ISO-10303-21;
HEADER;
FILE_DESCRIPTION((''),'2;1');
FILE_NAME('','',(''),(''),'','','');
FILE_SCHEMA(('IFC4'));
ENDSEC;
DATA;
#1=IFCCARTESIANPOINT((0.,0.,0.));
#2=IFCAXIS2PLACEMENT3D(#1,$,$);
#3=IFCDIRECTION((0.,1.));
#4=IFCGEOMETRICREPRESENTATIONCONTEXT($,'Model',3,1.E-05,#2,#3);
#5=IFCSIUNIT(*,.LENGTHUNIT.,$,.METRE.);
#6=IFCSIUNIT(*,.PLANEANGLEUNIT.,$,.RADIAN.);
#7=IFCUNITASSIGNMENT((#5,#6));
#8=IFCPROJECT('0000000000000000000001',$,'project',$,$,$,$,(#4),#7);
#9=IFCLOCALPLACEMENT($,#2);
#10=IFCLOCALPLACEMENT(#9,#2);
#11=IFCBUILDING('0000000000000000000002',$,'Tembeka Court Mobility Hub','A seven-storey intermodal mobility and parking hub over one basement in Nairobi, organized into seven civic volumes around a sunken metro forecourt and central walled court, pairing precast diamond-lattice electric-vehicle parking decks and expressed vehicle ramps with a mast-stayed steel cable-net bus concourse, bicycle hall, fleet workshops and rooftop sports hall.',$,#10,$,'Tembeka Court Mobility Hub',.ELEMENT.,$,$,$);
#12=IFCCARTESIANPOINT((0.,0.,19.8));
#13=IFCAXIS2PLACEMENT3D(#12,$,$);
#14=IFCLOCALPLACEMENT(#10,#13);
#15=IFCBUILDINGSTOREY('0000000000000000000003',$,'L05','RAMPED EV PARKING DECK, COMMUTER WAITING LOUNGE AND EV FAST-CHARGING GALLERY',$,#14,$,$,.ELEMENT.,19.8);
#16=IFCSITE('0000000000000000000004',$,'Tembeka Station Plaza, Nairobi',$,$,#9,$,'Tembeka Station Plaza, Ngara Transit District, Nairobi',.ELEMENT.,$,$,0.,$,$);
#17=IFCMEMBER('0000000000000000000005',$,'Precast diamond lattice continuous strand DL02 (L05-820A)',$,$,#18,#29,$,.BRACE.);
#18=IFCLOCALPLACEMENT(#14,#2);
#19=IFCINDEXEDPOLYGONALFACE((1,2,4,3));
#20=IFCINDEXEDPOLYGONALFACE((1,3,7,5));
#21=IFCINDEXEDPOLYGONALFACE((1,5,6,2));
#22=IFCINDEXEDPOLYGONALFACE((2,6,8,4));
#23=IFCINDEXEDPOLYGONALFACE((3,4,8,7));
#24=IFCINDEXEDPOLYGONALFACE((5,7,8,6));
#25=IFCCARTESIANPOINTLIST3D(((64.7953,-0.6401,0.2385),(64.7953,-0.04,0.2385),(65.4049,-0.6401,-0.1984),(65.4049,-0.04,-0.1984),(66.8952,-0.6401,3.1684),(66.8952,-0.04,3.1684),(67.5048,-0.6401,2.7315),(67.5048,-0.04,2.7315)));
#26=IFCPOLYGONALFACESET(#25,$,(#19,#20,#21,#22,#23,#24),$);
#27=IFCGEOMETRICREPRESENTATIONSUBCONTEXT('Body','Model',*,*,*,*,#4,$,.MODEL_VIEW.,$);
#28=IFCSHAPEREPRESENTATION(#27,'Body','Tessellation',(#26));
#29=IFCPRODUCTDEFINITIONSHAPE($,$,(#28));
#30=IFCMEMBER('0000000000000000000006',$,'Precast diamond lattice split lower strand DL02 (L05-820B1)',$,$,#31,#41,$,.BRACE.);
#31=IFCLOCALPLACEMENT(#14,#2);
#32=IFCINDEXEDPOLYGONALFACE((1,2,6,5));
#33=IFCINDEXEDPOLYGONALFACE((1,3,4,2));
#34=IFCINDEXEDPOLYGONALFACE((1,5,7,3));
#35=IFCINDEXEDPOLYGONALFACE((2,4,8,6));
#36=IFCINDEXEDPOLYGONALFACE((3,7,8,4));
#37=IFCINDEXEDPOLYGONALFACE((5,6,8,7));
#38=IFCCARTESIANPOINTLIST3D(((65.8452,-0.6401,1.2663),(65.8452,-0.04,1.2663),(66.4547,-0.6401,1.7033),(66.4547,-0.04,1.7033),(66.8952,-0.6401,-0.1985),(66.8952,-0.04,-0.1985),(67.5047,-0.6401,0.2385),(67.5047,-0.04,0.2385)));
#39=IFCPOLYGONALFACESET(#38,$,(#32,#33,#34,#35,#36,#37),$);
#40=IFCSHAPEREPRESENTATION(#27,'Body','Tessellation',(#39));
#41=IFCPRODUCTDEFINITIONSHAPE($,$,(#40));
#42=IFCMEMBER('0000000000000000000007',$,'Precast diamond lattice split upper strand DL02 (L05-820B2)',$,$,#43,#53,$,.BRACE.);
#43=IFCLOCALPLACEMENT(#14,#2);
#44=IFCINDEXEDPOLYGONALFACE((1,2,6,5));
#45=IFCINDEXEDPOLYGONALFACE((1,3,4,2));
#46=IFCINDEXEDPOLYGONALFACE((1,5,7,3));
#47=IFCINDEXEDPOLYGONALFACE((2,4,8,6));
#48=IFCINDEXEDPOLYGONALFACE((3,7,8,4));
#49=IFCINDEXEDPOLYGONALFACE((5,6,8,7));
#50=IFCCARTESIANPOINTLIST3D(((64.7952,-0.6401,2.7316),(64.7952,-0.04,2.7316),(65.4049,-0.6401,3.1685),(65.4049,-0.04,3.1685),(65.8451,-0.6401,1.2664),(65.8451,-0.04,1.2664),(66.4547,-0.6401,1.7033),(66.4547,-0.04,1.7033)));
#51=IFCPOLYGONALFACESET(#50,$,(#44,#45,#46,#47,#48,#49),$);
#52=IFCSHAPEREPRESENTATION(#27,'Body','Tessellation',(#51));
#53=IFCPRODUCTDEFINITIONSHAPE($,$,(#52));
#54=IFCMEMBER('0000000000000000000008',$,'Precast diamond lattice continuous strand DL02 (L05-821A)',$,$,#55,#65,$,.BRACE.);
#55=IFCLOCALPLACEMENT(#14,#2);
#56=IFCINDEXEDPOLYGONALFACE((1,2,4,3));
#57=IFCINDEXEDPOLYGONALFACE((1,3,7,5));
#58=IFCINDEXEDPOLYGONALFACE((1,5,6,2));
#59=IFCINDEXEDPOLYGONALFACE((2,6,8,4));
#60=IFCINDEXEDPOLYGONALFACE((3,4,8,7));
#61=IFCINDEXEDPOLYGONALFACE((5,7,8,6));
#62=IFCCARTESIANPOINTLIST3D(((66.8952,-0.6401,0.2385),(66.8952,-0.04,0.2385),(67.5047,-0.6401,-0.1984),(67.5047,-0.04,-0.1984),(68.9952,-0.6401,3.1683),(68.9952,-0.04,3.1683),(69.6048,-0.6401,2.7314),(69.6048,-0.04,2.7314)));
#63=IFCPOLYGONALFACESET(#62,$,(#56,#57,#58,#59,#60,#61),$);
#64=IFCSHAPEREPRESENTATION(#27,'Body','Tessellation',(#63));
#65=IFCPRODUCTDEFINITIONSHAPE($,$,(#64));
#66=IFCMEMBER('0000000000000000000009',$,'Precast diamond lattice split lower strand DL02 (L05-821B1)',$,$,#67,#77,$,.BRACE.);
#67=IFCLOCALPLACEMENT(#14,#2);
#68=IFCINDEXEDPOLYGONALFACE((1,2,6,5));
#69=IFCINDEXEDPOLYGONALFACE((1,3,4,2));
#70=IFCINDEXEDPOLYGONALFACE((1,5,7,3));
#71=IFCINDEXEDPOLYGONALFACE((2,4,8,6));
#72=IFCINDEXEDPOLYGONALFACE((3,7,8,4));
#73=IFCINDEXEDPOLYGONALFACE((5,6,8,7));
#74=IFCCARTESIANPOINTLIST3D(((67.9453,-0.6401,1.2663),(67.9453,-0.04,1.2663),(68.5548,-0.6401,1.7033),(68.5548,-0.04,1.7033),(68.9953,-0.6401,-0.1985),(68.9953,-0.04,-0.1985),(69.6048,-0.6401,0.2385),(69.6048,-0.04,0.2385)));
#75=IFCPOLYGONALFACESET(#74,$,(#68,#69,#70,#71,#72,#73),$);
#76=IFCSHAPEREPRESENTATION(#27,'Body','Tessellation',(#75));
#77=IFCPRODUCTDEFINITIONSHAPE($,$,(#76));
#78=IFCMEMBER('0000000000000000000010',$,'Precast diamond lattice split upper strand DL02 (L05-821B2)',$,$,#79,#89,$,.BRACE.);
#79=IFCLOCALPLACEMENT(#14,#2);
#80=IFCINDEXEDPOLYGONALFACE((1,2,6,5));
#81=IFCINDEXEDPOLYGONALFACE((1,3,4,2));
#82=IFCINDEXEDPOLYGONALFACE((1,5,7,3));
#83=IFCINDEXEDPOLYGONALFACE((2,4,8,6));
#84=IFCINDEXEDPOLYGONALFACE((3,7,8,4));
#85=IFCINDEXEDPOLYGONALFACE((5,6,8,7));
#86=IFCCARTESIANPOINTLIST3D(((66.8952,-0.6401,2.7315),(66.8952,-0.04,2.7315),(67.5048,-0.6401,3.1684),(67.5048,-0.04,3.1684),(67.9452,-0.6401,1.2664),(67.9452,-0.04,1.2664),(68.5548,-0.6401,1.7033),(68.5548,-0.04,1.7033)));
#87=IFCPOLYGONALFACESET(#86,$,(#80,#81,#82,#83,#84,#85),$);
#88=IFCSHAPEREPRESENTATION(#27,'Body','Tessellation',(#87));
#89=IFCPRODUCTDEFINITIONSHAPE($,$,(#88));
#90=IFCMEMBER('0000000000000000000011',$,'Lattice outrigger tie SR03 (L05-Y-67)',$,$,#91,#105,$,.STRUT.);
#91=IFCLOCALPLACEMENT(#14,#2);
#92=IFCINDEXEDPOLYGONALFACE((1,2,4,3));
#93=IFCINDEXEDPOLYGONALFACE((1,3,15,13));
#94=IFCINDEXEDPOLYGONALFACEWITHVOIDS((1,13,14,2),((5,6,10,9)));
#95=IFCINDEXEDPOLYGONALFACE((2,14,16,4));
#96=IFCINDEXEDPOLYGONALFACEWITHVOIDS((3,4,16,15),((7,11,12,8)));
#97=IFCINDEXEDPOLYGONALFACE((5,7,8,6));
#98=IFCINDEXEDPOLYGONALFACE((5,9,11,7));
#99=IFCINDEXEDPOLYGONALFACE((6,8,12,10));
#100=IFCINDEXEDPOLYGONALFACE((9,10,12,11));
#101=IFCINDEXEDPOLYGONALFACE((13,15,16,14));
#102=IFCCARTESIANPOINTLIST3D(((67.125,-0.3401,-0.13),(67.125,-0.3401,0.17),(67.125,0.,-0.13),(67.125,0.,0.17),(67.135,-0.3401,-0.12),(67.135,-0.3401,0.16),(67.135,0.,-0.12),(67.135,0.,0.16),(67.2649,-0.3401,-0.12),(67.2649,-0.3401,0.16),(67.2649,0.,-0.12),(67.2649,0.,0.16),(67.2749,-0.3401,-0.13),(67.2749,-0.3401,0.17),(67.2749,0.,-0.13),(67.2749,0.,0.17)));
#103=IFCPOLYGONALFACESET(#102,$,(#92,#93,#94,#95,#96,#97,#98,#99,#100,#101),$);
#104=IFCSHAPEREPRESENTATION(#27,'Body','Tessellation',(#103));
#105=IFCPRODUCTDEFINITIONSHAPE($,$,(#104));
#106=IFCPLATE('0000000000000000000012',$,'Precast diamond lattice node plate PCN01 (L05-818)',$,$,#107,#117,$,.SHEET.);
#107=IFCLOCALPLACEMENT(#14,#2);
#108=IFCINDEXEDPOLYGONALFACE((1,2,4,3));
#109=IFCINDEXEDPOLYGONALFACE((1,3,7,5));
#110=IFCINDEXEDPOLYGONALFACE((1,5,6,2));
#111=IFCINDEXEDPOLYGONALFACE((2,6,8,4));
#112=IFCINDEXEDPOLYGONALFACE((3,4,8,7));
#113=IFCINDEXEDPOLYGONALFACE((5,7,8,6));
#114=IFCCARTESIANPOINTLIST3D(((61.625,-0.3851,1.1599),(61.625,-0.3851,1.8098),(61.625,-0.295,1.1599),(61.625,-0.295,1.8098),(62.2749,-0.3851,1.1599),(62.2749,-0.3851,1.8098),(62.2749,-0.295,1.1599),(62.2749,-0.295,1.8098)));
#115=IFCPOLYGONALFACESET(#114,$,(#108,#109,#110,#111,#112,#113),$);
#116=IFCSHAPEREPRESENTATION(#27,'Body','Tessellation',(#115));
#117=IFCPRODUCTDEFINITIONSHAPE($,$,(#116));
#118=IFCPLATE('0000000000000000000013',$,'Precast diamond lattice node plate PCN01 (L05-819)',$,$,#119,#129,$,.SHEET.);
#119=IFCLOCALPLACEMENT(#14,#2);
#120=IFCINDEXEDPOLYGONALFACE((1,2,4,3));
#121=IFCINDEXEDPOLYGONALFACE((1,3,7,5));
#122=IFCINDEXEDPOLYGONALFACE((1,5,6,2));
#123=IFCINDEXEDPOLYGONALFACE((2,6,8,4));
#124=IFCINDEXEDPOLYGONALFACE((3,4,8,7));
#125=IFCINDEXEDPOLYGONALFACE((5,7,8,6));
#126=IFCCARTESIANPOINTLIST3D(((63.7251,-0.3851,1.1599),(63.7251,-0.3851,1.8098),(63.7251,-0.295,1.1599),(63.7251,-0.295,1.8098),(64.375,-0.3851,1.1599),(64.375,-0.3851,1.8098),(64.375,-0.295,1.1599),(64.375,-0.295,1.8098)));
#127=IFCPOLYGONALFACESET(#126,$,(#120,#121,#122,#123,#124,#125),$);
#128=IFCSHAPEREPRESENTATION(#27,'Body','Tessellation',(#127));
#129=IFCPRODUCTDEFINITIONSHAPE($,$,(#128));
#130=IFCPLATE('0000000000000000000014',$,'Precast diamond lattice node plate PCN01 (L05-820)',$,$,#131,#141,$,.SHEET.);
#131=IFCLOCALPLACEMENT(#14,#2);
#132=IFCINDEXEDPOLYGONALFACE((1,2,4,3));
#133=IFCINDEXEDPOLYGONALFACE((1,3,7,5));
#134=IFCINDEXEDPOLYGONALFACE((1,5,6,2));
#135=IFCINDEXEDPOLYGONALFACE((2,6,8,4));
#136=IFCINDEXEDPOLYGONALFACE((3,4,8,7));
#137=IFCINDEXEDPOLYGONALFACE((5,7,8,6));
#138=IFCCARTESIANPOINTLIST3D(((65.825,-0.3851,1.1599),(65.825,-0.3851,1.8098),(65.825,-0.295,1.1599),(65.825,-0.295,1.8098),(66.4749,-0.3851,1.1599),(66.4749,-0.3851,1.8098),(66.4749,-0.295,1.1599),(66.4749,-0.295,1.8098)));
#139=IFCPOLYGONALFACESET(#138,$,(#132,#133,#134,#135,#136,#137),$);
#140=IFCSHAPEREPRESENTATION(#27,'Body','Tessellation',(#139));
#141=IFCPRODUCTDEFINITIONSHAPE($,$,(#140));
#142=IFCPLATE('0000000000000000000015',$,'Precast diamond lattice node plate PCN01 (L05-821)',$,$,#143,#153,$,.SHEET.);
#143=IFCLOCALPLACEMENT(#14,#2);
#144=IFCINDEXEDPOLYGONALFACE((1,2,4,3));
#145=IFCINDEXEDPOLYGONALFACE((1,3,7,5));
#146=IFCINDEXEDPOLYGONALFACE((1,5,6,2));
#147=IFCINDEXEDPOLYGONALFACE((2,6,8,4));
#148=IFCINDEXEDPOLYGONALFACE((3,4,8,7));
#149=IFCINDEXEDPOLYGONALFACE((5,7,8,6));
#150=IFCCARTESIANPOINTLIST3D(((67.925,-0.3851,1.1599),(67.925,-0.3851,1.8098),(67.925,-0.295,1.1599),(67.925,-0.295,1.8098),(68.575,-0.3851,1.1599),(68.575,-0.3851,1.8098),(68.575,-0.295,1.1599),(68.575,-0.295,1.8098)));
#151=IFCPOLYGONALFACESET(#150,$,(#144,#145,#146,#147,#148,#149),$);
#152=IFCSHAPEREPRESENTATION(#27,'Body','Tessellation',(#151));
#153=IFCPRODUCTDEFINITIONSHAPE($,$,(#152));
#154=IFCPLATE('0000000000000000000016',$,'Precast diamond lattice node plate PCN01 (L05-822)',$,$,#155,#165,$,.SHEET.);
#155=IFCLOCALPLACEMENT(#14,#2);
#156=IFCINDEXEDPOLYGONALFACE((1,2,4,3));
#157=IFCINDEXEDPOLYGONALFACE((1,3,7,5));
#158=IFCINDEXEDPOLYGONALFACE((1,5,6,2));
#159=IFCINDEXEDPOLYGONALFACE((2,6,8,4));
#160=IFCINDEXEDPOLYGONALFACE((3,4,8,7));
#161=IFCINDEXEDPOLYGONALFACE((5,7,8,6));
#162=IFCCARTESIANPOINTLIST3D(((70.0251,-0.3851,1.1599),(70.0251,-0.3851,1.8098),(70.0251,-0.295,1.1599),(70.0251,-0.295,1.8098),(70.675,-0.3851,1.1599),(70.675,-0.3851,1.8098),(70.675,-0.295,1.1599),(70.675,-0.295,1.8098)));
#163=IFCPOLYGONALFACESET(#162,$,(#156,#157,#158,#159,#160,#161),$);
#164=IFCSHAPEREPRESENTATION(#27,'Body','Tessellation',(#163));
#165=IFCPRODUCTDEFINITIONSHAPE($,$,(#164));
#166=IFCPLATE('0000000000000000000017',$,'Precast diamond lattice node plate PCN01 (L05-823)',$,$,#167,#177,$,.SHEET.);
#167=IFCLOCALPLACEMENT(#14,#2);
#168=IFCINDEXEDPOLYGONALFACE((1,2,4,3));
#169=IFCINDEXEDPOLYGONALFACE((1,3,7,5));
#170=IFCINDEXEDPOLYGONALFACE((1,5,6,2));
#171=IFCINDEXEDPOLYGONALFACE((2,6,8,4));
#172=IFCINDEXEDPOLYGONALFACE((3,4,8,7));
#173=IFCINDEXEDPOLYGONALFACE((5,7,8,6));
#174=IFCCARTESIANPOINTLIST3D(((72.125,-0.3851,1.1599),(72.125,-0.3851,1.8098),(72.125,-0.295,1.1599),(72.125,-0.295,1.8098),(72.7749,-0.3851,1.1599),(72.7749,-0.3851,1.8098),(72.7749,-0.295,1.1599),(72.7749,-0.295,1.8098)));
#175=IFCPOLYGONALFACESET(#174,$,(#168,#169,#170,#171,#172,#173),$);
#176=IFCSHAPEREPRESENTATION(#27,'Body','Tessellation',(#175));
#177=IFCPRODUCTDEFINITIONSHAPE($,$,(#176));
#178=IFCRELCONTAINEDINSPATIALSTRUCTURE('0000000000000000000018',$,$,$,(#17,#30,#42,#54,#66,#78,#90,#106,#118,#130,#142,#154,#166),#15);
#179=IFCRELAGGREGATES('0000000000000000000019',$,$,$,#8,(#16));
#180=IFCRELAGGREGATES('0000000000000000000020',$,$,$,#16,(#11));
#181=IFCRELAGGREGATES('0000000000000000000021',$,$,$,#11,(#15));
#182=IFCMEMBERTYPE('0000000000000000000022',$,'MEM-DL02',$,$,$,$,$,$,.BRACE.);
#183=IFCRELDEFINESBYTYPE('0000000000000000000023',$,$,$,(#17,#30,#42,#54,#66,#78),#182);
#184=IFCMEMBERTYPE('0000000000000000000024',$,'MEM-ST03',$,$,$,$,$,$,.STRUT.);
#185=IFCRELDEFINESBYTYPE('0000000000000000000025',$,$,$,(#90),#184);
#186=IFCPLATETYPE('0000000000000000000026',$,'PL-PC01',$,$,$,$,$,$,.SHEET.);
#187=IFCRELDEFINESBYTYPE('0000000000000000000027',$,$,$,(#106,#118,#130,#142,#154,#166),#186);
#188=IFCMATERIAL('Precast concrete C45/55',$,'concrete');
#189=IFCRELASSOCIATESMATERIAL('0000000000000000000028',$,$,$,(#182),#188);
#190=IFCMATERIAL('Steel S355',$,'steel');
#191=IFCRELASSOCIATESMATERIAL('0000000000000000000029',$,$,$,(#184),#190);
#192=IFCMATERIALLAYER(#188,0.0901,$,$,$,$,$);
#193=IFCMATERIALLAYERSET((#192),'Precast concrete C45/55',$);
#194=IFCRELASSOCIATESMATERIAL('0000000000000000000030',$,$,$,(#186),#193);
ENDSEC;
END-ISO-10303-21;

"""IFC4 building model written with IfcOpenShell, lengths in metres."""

from ifc_helpers import new_model, si_unit, direction, frame, origin, origin_2d, place, context, subcontext, project, spatial, rectangle, hollow_rectangle, extrude, material, layer, layer_set, material_profile, profile_set, type_object, element, save


model = new_model("IFC4")

# Units and contexts
model_context = context("Model", 3, precision=1e-05, world=origin(), true_north=direction((0.0, 1.0)))
body_context = subcontext(model_context, "Body", "Model", "MODEL_VIEW")
ifc_project = project(units=[si_unit("LENGTHUNIT", "METRE"), si_unit("PLANEANGLEUNIT", "RADIAN")], contexts=[model_context])

# Site, building, storey
site_placement = place(None, origin())
site = spatial("IfcSite", under=ifc_project, at=site_placement, Name="Tembeka Station Plaza, Nairobi", LongName="Tembeka Station Plaza, Ngara Transit District, Nairobi", CompositionType="ELEMENT", RefElevation=0.0)
building_placement = place(site_placement, origin())
building = spatial("IfcBuilding", under=site, at=building_placement, Name="Tembeka Court Mobility Hub", Description="A seven-storey intermodal mobility and parking hub over one basement in Nairobi, organized into seven civic volumes around a sunken metro forecourt and central walled court, pairing precast diamond-lattice electric-vehicle parking decks and expressed vehicle ramps with a mast-stayed steel cable-net bus concourse, bicycle hall, fleet workshops and rooftop sports hall.", LongName="Tembeka Court Mobility Hub", CompositionType="ELEMENT")
storey_placement = place(building_placement, frame((0.0, 0.0, 19.8)))
storey = spatial("IfcBuildingStorey", under=building, at=storey_placement, Name="L05", Description="RAMPED EV PARKING DECK, COMMUTER WAITING LOUNGE AND EV FAST-CHARGING GALLERY", CompositionType="ELEMENT", Elevation=19.8)

# Shared definitions
ifc_material_1 = material(Name="Steel S355", Category="steel")

# Shared definitions
ifc_material_2 = material(Name="Precast concrete C45/55", Category="concrete")

# Members
ifc_material_profile_1 = material_profile(ifc_material_2, rectangle(XDim=0.6001, YDim=0.75, at=origin_2d()), Name="PC-DIAG 600x750")
ifc_profile_set_1 = profile_set([ifc_material_profile_1], Name="Precast concrete C45/55")
member_type_1 = type_object("IfcMemberType", Name="MEM-DL02", PredefinedType="BRACE", material=ifc_profile_set_1)
member_1_placement = place(storey_placement, frame((65.1001, -0.3401, 0.02), z_axis=(0.582532, 0.0, 0.812808), x_axis=(0.0, 1.0, 0.0)))
element("IfcMember", 1, at=member_1_placement, inside=storey, type_object=member_type_1, Name="Precast diamond lattice continuous strand DL02 (L05-820A)", PredefinedType="BRACE", context=body_context, shape_type="SweptSolid", body=[
    extrude(rectangle(XDim=0.6001, YDim=0.75, at=origin_2d()), origin(), (0.0, 0.0, 1.0), 3.6047),
])
member_2_placement = place(storey_placement, frame((67.2, -0.3401, 0.02), z_axis=(-0.582608, 0.0, 0.812753), x_axis=(0.0, -1.0, 0.0)))
element("IfcMember", 2, at=member_2_placement, inside=storey, type_object=member_type_1, Name="Precast diamond lattice split lower strand DL02 (L05-820B1)", PredefinedType="BRACE", context=body_context, shape_type="SweptSolid", body=[
    extrude(rectangle(XDim=0.6001, YDim=0.75, at=origin_2d()), origin(), (0.0, 0.0, 1.0), 1.8022),
])
member_3_placement = place(storey_placement, frame((66.1499, -0.3401, 1.4849), z_axis=(-0.582455, 0.0, 0.812863), x_axis=(0.0, -1.0, 0.0)))
element("IfcMember", 3, at=member_3_placement, inside=storey, type_object=member_type_1, Name="Precast diamond lattice split upper strand DL02 (L05-820B2)", PredefinedType="BRACE", context=body_context, shape_type="SweptSolid", body=[
    extrude(rectangle(XDim=0.6001, YDim=0.75, at=origin_2d()), origin(), (0.0, 0.0, 1.0), 1.8025),
])
member_4_placement = place(storey_placement, frame((67.2, -0.3401, 0.02), z_axis=(0.582576, 0.0, 0.812776), x_axis=(0.0, 1.0, 0.0)))
element("IfcMember", 4, at=member_4_placement, inside=storey, type_object=member_type_1, Name="Precast diamond lattice continuous strand DL02 (L05-821A)", PredefinedType="BRACE", context=body_context, shape_type="SweptSolid", body=[
    extrude(rectangle(XDim=0.6001, YDim=0.75, at=origin_2d()), origin(), (0.0, 0.0, 1.0), 3.6047),
])
member_5_placement = place(storey_placement, frame((69.3, -0.3401, 0.02), z_axis=(-0.582608, 0.0, 0.812753), x_axis=(0.0, -1.0, 0.0)))
element("IfcMember", 5, at=member_5_placement, inside=storey, type_object=member_type_1, Name="Precast diamond lattice split lower strand DL02 (L05-821B1)", PredefinedType="BRACE", context=body_context, shape_type="SweptSolid", body=[
    extrude(rectangle(XDim=0.6001, YDim=0.75, at=origin_2d()), origin(), (0.0, 0.0, 1.0), 1.8022),
])
member_6_placement = place(storey_placement, frame((68.25, -0.3401, 1.4849), z_axis=(-0.582544, 0.0, 0.812799), x_axis=(0.0, -1.0, 0.0)))
element("IfcMember", 6, at=member_6_placement, inside=storey, type_object=member_type_1, Name="Precast diamond lattice split upper strand DL02 (L05-821B2)", PredefinedType="BRACE", context=body_context, shape_type="SweptSolid", body=[
    extrude(rectangle(XDim=0.6001, YDim=0.75, at=origin_2d()), origin(), (0.0, 0.0, 1.0), 1.8025),
])
ifc_material_profile_2 = material_profile(ifc_material_1, hollow_rectangle(XDim=0.1499, YDim=0.3, WallThickness=0.01, at=origin_2d()), Name="RHS 300x150x10")
ifc_profile_set_2 = profile_set([ifc_material_profile_2], Name="Steel S355")
member_type_2 = type_object("IfcMemberType", Name="MEM-ST03", PredefinedType="STRUT", material=ifc_profile_set_2)
member_7_placement = place(storey_placement, frame((67.2, 0.0, 0.02), z_axis=(0.0, -1.0, 0.0), x_axis=(1.0, 0.0, 0.0)))
element("IfcMember", 7, at=member_7_placement, inside=storey, type_object=member_type_2, Name="Lattice outrigger tie SR03 (L05-Y-67)", PredefinedType="STRUT", context=body_context, shape_type="SweptSolid", body=[
    extrude(hollow_rectangle(XDim=0.1499, YDim=0.3, WallThickness=0.01, at=origin_2d()), origin(), (0.0, 0.0, 1.0), 0.3401),
])

# Plates
ifc_layer = layer(ifc_material_2, 0.0901)
ifc_layer_set = layer_set([ifc_layer], Name="Precast concrete C45/55")
plate_type = type_object("IfcPlateType", Name="PL-PC01", PredefinedType="SHEET", material=ifc_layer_set)
for number, where, z_axis, x_axis, name in (
    (8, (61.95, -0.3401, 1.1599), (0.0, 0.0, 1.0), (1.0, 0.0, 0.0), "Precast diamond lattice node plate PCN01 (L05-818)"),
    (9, (64.05, -0.3401, 1.1599), (0.0, 0.0, 1.0), (1.0, 0.0, 0.0), "Precast diamond lattice node plate PCN01 (L05-819)"),
    (10, (66.1499, -0.3401, 1.1599), (0.0, 0.0, 1.0), (1.0, 0.0, 0.0), "Precast diamond lattice node plate PCN01 (L05-820)"),
    (11, (68.25, -0.3401, 1.1599), (0.0, 0.0, 1.0), (1.0, 0.0, 0.0), "Precast diamond lattice node plate PCN01 (L05-821)"),
    (12, (70.3501, -0.3401, 1.1599), (0.0, 0.0, 1.0), (1.0, 0.0, 0.0), "Precast diamond lattice node plate PCN01 (L05-822)"),
    (13, (72.45, -0.3401, 1.1599), (0.0, 0.0, 1.0), (1.0, 0.0, 0.0), "Precast diamond lattice node plate PCN01 (L05-823)"),
):
    element("IfcPlate", number, at=place(storey_placement, frame(where, z_axis=z_axis, x_axis=x_axis)), inside=storey, type_object=plate_type, Name=name, PredefinedType="SHEET", context=body_context, shape_type="SweptSolid", body=[
        extrude(rectangle(XDim=0.6499, YDim=0.0901, at=origin_2d()), origin(), (0.0, 0.0, 1.0), 0.6499),
    ])

save(model, "model.ifc")
